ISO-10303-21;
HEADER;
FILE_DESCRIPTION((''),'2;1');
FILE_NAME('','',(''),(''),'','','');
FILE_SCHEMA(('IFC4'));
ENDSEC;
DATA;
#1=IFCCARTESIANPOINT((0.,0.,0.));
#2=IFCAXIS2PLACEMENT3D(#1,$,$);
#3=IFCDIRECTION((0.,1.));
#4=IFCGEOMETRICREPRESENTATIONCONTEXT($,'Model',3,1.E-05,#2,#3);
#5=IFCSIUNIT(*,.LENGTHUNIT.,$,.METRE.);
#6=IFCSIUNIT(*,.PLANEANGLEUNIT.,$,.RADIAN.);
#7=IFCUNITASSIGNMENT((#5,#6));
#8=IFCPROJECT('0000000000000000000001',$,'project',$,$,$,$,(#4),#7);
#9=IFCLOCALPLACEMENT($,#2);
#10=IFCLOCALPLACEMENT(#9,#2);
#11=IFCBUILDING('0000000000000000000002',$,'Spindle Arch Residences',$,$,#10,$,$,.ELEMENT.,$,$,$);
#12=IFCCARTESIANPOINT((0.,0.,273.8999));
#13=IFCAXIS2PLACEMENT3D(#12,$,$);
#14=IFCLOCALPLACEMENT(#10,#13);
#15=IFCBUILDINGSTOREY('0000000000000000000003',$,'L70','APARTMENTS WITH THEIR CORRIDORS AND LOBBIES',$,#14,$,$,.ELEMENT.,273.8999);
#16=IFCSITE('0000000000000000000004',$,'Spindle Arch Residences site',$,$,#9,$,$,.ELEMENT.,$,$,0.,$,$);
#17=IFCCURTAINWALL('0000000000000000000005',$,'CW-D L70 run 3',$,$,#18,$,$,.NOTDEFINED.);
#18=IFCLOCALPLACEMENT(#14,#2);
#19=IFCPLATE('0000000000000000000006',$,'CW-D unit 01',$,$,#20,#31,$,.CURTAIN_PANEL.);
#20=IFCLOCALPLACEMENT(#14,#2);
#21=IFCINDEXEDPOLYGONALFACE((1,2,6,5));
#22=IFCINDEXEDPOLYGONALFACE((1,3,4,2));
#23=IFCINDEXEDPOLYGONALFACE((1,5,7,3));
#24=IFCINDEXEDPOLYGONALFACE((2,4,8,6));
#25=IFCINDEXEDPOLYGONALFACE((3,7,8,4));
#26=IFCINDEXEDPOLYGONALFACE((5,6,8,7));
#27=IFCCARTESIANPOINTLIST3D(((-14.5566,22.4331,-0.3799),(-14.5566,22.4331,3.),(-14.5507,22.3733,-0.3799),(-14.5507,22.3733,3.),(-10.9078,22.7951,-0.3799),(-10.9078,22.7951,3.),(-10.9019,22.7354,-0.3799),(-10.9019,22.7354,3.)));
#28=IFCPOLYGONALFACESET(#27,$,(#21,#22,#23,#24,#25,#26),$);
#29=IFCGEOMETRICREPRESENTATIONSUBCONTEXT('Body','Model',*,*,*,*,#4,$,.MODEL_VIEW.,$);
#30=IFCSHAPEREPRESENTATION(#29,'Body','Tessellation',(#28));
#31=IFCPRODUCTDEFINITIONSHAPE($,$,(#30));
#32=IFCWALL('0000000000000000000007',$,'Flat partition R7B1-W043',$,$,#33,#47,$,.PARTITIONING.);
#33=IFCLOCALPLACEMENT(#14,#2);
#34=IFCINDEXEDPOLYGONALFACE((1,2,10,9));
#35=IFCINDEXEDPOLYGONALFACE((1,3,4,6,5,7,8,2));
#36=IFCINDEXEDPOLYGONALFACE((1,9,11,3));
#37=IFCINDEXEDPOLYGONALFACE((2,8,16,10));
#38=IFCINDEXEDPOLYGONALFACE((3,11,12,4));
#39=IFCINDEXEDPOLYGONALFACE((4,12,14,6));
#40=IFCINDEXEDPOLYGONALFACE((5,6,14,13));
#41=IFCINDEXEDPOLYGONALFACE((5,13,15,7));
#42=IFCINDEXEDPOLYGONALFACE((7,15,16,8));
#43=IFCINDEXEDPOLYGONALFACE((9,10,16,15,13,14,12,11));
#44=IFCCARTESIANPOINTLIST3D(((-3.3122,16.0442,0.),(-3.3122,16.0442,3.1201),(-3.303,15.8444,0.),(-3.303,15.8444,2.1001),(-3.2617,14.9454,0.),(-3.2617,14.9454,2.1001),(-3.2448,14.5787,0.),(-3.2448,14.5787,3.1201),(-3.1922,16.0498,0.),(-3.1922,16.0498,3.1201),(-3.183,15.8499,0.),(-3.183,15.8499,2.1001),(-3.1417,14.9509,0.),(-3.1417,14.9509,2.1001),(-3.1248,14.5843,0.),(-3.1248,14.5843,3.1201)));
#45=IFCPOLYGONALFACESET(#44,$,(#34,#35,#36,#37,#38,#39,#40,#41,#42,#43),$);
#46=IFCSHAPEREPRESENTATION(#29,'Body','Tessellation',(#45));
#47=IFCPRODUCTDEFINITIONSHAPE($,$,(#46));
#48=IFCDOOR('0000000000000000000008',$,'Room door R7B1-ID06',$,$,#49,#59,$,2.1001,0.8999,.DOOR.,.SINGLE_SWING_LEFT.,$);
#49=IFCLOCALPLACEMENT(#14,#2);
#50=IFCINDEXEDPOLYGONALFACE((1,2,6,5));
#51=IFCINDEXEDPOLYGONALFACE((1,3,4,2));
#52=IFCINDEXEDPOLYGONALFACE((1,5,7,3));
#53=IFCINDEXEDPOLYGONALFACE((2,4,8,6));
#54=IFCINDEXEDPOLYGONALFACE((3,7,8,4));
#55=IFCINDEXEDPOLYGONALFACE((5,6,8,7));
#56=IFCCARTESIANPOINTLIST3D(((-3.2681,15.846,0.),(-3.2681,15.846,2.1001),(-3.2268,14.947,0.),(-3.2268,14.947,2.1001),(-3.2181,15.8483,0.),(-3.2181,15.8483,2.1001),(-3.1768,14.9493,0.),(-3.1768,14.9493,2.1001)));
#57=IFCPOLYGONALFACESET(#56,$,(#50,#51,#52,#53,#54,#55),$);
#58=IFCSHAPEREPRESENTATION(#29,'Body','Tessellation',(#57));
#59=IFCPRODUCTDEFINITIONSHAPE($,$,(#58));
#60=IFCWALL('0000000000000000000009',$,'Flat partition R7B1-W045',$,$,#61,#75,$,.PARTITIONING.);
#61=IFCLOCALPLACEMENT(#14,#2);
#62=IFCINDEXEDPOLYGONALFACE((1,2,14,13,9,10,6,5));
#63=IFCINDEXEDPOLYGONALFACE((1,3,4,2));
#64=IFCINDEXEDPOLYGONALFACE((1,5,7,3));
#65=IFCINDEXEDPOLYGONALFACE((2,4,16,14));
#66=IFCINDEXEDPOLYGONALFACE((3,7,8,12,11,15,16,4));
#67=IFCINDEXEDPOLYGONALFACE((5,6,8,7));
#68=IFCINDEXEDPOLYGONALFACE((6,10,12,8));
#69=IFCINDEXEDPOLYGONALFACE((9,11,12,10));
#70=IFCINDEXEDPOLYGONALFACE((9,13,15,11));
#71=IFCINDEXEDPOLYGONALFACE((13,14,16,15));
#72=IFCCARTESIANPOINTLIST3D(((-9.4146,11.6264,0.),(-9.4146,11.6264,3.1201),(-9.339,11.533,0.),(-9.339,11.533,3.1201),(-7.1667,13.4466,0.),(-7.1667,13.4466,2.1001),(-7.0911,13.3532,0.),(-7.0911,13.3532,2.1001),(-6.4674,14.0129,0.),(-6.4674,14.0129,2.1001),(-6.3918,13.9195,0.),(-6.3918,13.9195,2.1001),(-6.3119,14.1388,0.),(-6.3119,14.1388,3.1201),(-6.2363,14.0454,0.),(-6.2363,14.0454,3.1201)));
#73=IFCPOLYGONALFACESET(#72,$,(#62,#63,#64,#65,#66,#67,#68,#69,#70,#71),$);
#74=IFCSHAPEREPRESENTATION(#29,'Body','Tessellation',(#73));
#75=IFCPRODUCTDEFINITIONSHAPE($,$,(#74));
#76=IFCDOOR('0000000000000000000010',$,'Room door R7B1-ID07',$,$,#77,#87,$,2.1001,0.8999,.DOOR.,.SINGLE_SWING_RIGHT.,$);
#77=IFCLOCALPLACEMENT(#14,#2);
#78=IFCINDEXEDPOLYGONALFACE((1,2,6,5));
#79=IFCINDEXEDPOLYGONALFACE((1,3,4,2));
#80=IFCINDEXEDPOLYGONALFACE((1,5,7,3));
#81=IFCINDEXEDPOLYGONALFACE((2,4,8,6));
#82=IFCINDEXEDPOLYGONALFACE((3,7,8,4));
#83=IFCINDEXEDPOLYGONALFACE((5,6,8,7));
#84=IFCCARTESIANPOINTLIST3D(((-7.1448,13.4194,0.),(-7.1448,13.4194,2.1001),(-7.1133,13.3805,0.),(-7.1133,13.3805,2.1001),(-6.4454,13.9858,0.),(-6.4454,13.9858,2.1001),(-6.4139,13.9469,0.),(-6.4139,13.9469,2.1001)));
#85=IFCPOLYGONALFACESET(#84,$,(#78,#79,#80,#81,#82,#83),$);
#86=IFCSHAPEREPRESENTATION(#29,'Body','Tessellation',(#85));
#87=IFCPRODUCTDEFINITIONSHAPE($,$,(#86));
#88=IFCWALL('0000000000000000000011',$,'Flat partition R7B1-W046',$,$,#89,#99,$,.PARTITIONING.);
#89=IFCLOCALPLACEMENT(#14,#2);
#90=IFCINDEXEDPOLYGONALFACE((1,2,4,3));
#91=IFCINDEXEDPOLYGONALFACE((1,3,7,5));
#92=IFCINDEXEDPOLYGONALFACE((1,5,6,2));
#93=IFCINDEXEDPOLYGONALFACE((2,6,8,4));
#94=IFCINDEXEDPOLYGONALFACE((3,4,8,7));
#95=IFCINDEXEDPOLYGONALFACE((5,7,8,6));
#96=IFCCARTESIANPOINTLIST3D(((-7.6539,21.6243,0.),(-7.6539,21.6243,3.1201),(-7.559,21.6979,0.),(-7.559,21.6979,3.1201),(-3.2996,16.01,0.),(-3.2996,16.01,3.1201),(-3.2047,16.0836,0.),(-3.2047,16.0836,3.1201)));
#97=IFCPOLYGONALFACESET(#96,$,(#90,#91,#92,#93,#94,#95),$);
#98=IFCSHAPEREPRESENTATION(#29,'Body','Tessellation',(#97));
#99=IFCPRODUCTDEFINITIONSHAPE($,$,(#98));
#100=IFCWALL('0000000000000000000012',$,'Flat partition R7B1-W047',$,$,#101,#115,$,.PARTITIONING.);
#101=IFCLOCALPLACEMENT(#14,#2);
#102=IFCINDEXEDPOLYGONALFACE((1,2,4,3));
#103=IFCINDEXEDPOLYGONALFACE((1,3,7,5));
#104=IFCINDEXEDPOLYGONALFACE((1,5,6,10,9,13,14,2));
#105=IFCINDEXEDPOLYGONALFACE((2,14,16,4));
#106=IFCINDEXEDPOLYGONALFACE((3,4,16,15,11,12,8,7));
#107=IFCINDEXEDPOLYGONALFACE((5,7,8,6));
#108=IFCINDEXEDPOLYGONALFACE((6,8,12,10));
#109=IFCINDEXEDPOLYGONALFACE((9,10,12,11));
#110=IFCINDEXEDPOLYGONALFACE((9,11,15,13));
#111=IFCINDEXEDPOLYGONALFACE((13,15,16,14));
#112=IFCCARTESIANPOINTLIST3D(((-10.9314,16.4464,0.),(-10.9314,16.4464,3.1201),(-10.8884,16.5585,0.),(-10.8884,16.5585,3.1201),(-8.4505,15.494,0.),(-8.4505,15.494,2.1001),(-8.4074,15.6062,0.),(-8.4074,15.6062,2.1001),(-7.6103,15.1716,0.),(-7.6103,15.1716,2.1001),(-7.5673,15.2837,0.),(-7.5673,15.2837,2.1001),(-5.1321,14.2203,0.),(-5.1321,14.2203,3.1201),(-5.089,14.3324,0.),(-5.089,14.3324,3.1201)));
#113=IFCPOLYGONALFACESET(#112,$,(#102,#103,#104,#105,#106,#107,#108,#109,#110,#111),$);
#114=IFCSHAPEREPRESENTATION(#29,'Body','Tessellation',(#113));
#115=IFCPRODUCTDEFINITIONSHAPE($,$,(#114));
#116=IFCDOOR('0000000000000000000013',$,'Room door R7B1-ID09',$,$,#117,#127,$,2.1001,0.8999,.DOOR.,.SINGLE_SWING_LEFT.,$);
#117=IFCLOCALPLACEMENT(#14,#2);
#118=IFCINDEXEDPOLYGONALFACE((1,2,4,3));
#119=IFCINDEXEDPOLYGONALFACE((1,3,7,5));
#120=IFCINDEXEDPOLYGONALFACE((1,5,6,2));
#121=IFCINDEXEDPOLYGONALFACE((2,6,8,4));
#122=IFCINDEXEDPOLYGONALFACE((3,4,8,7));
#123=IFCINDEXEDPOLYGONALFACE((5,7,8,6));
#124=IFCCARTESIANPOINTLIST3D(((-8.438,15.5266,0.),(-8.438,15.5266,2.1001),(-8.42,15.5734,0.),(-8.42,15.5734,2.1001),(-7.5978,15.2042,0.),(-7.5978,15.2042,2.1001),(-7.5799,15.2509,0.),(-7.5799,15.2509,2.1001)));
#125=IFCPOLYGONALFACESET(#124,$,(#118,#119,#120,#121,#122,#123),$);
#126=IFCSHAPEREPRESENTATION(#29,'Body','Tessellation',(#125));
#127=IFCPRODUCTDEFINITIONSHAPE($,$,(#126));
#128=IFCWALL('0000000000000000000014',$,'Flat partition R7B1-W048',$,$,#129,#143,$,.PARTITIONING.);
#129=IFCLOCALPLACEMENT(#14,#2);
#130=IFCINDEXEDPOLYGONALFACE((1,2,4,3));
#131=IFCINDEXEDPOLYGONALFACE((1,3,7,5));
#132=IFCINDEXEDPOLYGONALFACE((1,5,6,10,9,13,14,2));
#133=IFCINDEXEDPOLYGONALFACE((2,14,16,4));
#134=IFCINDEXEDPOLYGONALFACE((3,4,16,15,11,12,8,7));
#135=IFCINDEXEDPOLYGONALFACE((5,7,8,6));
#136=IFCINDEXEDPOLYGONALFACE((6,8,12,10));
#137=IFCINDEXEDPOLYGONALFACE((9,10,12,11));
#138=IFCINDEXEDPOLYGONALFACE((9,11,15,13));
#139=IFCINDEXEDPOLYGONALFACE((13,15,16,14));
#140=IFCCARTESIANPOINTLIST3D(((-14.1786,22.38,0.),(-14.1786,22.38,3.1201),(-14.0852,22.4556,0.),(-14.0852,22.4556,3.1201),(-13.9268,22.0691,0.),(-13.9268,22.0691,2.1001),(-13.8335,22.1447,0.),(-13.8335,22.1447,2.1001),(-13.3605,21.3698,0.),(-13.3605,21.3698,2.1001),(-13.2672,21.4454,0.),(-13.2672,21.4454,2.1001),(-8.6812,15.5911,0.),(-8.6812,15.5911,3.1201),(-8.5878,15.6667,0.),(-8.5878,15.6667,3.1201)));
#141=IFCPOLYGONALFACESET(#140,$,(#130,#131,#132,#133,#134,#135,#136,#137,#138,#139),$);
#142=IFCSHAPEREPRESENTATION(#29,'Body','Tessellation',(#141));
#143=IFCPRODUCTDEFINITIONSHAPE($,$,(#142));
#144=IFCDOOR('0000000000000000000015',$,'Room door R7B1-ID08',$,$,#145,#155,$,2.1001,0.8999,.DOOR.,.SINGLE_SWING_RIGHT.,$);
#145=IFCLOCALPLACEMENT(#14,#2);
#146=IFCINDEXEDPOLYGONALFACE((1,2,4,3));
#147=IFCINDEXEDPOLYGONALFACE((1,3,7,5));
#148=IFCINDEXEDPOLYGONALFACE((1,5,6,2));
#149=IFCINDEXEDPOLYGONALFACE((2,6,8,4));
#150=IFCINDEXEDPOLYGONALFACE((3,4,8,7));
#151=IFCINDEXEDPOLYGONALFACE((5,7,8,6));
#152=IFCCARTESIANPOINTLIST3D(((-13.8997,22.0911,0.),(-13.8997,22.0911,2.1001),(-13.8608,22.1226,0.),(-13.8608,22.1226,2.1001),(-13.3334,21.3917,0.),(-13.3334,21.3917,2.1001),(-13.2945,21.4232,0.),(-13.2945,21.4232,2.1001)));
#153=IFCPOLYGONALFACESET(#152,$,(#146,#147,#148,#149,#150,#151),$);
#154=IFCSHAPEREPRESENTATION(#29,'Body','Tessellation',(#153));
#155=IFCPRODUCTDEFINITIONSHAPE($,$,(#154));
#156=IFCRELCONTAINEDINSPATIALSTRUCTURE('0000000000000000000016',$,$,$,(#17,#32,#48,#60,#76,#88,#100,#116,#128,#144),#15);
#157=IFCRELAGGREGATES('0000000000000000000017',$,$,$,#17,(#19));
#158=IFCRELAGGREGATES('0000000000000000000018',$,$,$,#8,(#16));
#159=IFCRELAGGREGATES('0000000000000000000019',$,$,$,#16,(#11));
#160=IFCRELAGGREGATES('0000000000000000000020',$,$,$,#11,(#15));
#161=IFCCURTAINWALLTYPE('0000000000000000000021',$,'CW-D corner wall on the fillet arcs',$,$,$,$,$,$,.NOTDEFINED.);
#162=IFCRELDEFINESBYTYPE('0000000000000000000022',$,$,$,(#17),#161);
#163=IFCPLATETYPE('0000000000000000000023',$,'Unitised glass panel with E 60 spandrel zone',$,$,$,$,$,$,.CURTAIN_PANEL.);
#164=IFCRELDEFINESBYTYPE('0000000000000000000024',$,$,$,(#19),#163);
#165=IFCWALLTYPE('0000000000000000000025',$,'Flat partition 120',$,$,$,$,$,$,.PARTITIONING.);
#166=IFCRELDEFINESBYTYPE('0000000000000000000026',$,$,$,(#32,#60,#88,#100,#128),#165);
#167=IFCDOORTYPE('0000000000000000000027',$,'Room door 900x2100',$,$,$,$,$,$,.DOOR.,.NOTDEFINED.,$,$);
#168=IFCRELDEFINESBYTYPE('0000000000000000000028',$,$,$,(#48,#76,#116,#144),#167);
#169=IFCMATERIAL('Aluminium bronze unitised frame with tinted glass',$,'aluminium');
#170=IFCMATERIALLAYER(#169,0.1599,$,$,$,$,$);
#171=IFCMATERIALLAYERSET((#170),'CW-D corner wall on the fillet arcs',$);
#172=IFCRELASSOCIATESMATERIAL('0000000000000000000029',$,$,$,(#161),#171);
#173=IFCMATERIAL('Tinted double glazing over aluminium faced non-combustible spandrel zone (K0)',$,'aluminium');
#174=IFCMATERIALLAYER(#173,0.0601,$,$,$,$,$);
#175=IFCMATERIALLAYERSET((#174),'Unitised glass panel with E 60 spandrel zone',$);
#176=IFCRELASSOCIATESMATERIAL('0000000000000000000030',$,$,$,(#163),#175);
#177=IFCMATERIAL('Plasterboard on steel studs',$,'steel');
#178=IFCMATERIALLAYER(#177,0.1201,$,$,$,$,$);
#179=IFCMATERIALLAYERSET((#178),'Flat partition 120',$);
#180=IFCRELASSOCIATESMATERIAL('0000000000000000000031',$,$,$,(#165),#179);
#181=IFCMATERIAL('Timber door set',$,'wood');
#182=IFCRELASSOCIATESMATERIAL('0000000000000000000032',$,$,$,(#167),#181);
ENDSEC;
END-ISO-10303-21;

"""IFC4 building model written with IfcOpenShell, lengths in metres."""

from ifc_helpers import new_model, si_unit, direction, frame, frame_2d, origin, origin_2d, place, context, subcontext, project, spatial, rectangle, extrude, material, layer, layer_set, type_object, element, fill, aggregate, save


model = new_model("IFC4")

# Units and contexts
model_context = context("Model", 3, precision=1e-05, world=origin(), true_north=direction((0.0, 1.0)))
body_context = subcontext(model_context, "Body", "Model", "MODEL_VIEW")
ifc_project = project(units=[si_unit("LENGTHUNIT", "METRE"), si_unit("PLANEANGLEUNIT", "RADIAN")], contexts=[model_context])

# Site, building, storey
site_placement = place(None, origin())
site = spatial("IfcSite", under=ifc_project, at=site_placement, Name="Spindle Arch Residences site", CompositionType="ELEMENT", RefElevation=0.0)
building_placement = place(site_placement, origin())
building = spatial("IfcBuilding", under=site, at=building_placement, Name="Spindle Arch Residences", CompositionType="ELEMENT")
storey_placement = place(building_placement, frame((0.0, 0.0, 273.8999)))
storey = spatial("IfcBuildingStorey", under=building, at=storey_placement, Name="L70", Description="APARTMENTS WITH THEIR CORRIDORS AND LOBBIES", CompositionType="ELEMENT", Elevation=273.8999)

# Curtain wall
ifc_material_1 = material(Name="Aluminium bronze unitised frame with tinted glass", Category="aluminium")
ifc_layer_1 = layer(ifc_material_1, 0.1599)
ifc_layer_set_1 = layer_set([ifc_layer_1], Name="CW-D corner wall on the fillet arcs")
curtain_wall_type_1 = type_object("IfcCurtainWallType", Name="CW-D corner wall on the fillet arcs", PredefinedType="NOTDEFINED", material=ifc_layer_set_1)
curtain_wall_1_placement = place(storey_placement, origin())
curtain_wall_1 = element("IfcCurtainWall", 1, at=curtain_wall_1_placement, inside=storey, type_object=curtain_wall_type_1, Name="CW-D L70 run 3", PredefinedType="NOTDEFINED")

# Shared definitions
ifc_material_2 = material(Name="Tinted double glazing over aluminium faced non-combustible spandrel zone (K0)", Category="aluminium")
ifc_layer_2 = layer(ifc_material_2, 0.0601)
ifc_layer_set_2 = layer_set([ifc_layer_2], Name="Unitised glass panel with E 60 spandrel zone")
plate_type = type_object("IfcPlateType", Name="Unitised glass panel with E 60 spandrel zone", PredefinedType="CURTAIN_PANEL", material=ifc_layer_set_2)

# Plate
plate_1_placement = place(storey_placement, frame((-12.7292, 22.5842, -0.3799), z_axis=(0.0, 0.0, 1.0), x_axis=(-0.995113, -0.098741, 0.0)))
plate_1 = element("IfcPlate", 2, at=plate_1_placement, type_object=plate_type, Name="CW-D unit 01", PredefinedType="CURTAIN_PANEL", context=body_context, shape_type="SweptSolid", body=[
    extrude(rectangle(XDim=3.6667, YDim=0.0601, at=origin_2d()), origin(), (0.0, 0.0, 1.0), 3.3799),
])
aggregate(curtain_wall_1, [plate_1])

# Walls, openings, doors
ifc_material_3 = material(Name="Plasterboard on steel studs", Category="steel")
ifc_layer_3 = layer(ifc_material_3, 0.1201)
ifc_layer_set_3 = layer_set([ifc_layer_3], Name="Flat partition 120")
wall_type = type_object("IfcWallType", Name="Flat partition 120", PredefinedType="PARTITIONING", material=ifc_layer_set_3)
wall_1_placement = place(storey_placement, frame((-3.2522, 16.0469, 0.0), z_axis=(0.0, 0.0, 1.0), x_axis=(0.045928, -0.998945, 0.0)))
wall_1 = element("IfcWall", 3, at=wall_1_placement, inside=storey, type_object=wall_type, Name="Flat partition R7B1-W043", PredefinedType="PARTITIONING", context=body_context, shape_type="SweptSolid", body=[
    extrude(rectangle(XDim=1.467, YDim=0.1201, at=frame_2d((0.7334, 0.0))), origin(), (0.0, 0.0, 1.0), 3.1201),
])
opening_1_placement = place(wall_1_placement, frame((0.2, 0.0, 0.0)))
opening_1 = element("IfcOpeningElement", 4, at=opening_1_placement, cuts=wall_1, PredefinedType="OPENING", context=body_context, shape_type="SweptSolid", body=[
    extrude(rectangle(XDim=0.8999, YDim=2.1001, at=frame_2d((0.45, 1.05))), frame((0.0, 0.0701, 0.0), z_axis=(0.0, -1.0, 0.0), x_axis=(1.0, 0.0, 0.0)), (0.0, 0.0, 1.0), 0.1401),
])
ifc_material_4 = material(Name="Timber door set", Category="wood")
door_type_1 = type_object("IfcDoorType", Name="Room door 900x2100", OperationType="NOTDEFINED", PredefinedType="DOOR", material=ifc_material_4)
door_1_placement = place(opening_1_placement, origin())
door_1 = element("IfcDoor", 5, at=door_1_placement, inside=storey, type_object=door_type_1, Name="Room door R7B1-ID06", OperationType="SINGLE_SWING_LEFT", OverallHeight=2.1001, OverallWidth=0.8999, PredefinedType="DOOR", context=body_context, shape_type="SweptSolid", body=[
    extrude(rectangle(XDim=0.8999, YDim=2.1001, at=frame_2d((0.45, 1.05))), frame((0.0, 0.0249, 0.0), z_axis=(0.0, -1.0, 0.0), x_axis=(1.0, 0.0, 0.0)), (0.0, 0.0, 1.0), 0.05),
])
fill(opening_1, door_1)
wall_2_placement = place(storey_placement, frame((-6.2742, 14.092, 0.0), z_axis=(0.0, 0.0, 1.0), x_axis=(-0.777162, -0.6293, 0.0)))
wall_2 = element("IfcWall", 6, at=wall_2_placement, inside=storey, type_object=wall_type, Name="Flat partition R7B1-W045", PredefinedType="PARTITIONING", context=body_context, shape_type="SweptSolid", body=[
    extrude(rectangle(XDim=3.9924, YDim=0.1201, at=frame_2d((1.9961, 0.0))), origin(), (0.0, 0.0, 1.0), 3.1201),
])
opening_2_placement = place(wall_2_placement, frame((0.2, 0.0, 0.0)))
opening_2 = element("IfcOpeningElement", 7, at=opening_2_placement, cuts=wall_2, PredefinedType="OPENING", context=body_context, shape_type="SweptSolid", body=[
    extrude(rectangle(XDim=0.8999, YDim=2.1001, at=frame_2d((0.45, 1.05))), frame((0.0, 0.0701, 0.0), z_axis=(0.0, -1.0, 0.0), x_axis=(1.0, 0.0, 0.0)), (0.0, 0.0, 1.0), 0.1401),
])
door_2_placement = place(opening_2_placement, origin())
door_2 = element("IfcDoor", 8, at=door_2_placement, inside=storey, type_object=door_type_1, Name="Room door R7B1-ID07", OperationType="SINGLE_SWING_RIGHT", OverallHeight=2.1001, OverallWidth=0.8999, PredefinedType="DOOR", context=body_context, shape_type="SweptSolid", body=[
    extrude(rectangle(XDim=0.8999, YDim=2.1001, at=frame_2d((0.45, 1.05))), frame((0.0, 0.0249, 0.0), z_axis=(0.0, -1.0, 0.0), x_axis=(1.0, 0.0, 0.0)), (0.0, 0.0, 1.0), 0.05),
])
fill(opening_2, door_2)

# Wall
wall_3_placement = place(storey_placement, frame((-7.6064, 21.6611, 0.0), z_axis=(0.0, 0.0, 1.0), x_axis=(0.612853, -0.790197, 0.0)))
element("IfcWall", 9, at=wall_3_placement, inside=storey, type_object=wall_type, Name="Flat partition R7B1-W046", PredefinedType="PARTITIONING", context=body_context, shape_type="SweptSolid", body=[
    extrude(rectangle(XDim=7.105, YDim=0.1201, at=frame_2d((3.5525, 0.0))), origin(), (0.0, 0.0, 1.0), 3.1201),
])

# Walls, openings, doors
wall_4_placement = place(storey_placement, frame((-10.9099, 16.5024, 0.0), z_axis=(0.0, 0.0, 1.0), x_axis=(0.933584, -0.358357, 0.0)))
wall_4 = element("IfcWall", 10, at=wall_4_placement, inside=storey, type_object=wall_type, Name="Flat partition R7B1-W047", PredefinedType="PARTITIONING", context=body_context, shape_type="SweptSolid", body=[
    extrude(rectangle(XDim=6.2119, YDim=0.1201, at=frame_2d((3.106, 0.0))), origin(), (0.0, 0.0, 1.0), 3.1201),
])
opening_3_placement = place(wall_4_placement, frame((2.6575, 0.0, 0.0)))
opening_3 = element("IfcOpeningElement", 11, at=opening_3_placement, cuts=wall_4, PredefinedType="OPENING", context=body_context, shape_type="SweptSolid", body=[
    extrude(rectangle(XDim=0.8999, YDim=2.1001, at=frame_2d((0.45, 1.05))), frame((0.0, 0.0701, 0.0), z_axis=(0.0, -1.0, 0.0), x_axis=(1.0, 0.0, 0.0)), (0.0, 0.0, 1.0), 0.1401),
])
door_3_placement = place(opening_3_placement, origin())
door_3 = element("IfcDoor", 12, at=door_3_placement, inside=storey, type_object=door_type_1, Name="Room door R7B1-ID09", OperationType="SINGLE_SWING_LEFT", OverallHeight=2.1001, OverallWidth=0.8999, PredefinedType="DOOR", context=body_context, shape_type="SweptSolid", body=[
    extrude(rectangle(XDim=0.8999, YDim=2.1001, at=frame_2d((0.45, 1.05))), frame((0.0, 0.0249, 0.0), z_axis=(0.0, -1.0, 0.0), x_axis=(1.0, 0.0, 0.0)), (0.0, 0.0, 1.0), 0.05),
])
fill(opening_3, door_3)
wall_5_placement = place(storey_placement, frame((-14.1318, 22.4177, 0.0), z_axis=(0.0, 0.0, 1.0), x_axis=(0.629309, -0.777155, 0.0)))
wall_5 = element("IfcWall", 13, at=wall_5_placement, inside=storey, type_object=wall_type, Name="Flat partition R7B1-W048", PredefinedType="PARTITIONING", context=body_context, shape_type="SweptSolid", body=[
    extrude(rectangle(XDim=8.7356, YDim=0.1201, at=frame_2d((4.3677, 0.0))), origin(), (0.0, 0.0, 1.0), 3.1201),
])
opening_4_placement = place(wall_5_placement, frame((0.3999, 0.0, 0.0)))
opening_4 = element("IfcOpeningElement", 14, at=opening_4_placement, cuts=wall_5, PredefinedType="OPENING", context=body_context, shape_type="SweptSolid", body=[
    extrude(rectangle(XDim=0.8999, YDim=2.1001, at=frame_2d((0.45, 1.05))), frame((0.0, 0.0701, 0.0), z_axis=(0.0, -1.0, 0.0), x_axis=(1.0, 0.0, 0.0)), (0.0, 0.0, 1.0), 0.1401),
])
door_4_placement = place(opening_4_placement, origin())
door_4 = element("IfcDoor", 15, at=door_4_placement, inside=storey, type_object=door_type_1, Name="Room door R7B1-ID08", OperationType="SINGLE_SWING_RIGHT", OverallHeight=2.1001, OverallWidth=0.8999, PredefinedType="DOOR", context=body_context, shape_type="SweptSolid", body=[
    extrude(rectangle(XDim=0.8999, YDim=2.1001, at=frame_2d((0.45, 1.05))), frame((0.0, 0.0249, 0.0), z_axis=(0.0, -1.0, 0.0), x_axis=(1.0, 0.0, 0.0)), (0.0, 0.0, 1.0), 0.05),
])
fill(opening_4, door_4)

save(model, "model.ifc")
